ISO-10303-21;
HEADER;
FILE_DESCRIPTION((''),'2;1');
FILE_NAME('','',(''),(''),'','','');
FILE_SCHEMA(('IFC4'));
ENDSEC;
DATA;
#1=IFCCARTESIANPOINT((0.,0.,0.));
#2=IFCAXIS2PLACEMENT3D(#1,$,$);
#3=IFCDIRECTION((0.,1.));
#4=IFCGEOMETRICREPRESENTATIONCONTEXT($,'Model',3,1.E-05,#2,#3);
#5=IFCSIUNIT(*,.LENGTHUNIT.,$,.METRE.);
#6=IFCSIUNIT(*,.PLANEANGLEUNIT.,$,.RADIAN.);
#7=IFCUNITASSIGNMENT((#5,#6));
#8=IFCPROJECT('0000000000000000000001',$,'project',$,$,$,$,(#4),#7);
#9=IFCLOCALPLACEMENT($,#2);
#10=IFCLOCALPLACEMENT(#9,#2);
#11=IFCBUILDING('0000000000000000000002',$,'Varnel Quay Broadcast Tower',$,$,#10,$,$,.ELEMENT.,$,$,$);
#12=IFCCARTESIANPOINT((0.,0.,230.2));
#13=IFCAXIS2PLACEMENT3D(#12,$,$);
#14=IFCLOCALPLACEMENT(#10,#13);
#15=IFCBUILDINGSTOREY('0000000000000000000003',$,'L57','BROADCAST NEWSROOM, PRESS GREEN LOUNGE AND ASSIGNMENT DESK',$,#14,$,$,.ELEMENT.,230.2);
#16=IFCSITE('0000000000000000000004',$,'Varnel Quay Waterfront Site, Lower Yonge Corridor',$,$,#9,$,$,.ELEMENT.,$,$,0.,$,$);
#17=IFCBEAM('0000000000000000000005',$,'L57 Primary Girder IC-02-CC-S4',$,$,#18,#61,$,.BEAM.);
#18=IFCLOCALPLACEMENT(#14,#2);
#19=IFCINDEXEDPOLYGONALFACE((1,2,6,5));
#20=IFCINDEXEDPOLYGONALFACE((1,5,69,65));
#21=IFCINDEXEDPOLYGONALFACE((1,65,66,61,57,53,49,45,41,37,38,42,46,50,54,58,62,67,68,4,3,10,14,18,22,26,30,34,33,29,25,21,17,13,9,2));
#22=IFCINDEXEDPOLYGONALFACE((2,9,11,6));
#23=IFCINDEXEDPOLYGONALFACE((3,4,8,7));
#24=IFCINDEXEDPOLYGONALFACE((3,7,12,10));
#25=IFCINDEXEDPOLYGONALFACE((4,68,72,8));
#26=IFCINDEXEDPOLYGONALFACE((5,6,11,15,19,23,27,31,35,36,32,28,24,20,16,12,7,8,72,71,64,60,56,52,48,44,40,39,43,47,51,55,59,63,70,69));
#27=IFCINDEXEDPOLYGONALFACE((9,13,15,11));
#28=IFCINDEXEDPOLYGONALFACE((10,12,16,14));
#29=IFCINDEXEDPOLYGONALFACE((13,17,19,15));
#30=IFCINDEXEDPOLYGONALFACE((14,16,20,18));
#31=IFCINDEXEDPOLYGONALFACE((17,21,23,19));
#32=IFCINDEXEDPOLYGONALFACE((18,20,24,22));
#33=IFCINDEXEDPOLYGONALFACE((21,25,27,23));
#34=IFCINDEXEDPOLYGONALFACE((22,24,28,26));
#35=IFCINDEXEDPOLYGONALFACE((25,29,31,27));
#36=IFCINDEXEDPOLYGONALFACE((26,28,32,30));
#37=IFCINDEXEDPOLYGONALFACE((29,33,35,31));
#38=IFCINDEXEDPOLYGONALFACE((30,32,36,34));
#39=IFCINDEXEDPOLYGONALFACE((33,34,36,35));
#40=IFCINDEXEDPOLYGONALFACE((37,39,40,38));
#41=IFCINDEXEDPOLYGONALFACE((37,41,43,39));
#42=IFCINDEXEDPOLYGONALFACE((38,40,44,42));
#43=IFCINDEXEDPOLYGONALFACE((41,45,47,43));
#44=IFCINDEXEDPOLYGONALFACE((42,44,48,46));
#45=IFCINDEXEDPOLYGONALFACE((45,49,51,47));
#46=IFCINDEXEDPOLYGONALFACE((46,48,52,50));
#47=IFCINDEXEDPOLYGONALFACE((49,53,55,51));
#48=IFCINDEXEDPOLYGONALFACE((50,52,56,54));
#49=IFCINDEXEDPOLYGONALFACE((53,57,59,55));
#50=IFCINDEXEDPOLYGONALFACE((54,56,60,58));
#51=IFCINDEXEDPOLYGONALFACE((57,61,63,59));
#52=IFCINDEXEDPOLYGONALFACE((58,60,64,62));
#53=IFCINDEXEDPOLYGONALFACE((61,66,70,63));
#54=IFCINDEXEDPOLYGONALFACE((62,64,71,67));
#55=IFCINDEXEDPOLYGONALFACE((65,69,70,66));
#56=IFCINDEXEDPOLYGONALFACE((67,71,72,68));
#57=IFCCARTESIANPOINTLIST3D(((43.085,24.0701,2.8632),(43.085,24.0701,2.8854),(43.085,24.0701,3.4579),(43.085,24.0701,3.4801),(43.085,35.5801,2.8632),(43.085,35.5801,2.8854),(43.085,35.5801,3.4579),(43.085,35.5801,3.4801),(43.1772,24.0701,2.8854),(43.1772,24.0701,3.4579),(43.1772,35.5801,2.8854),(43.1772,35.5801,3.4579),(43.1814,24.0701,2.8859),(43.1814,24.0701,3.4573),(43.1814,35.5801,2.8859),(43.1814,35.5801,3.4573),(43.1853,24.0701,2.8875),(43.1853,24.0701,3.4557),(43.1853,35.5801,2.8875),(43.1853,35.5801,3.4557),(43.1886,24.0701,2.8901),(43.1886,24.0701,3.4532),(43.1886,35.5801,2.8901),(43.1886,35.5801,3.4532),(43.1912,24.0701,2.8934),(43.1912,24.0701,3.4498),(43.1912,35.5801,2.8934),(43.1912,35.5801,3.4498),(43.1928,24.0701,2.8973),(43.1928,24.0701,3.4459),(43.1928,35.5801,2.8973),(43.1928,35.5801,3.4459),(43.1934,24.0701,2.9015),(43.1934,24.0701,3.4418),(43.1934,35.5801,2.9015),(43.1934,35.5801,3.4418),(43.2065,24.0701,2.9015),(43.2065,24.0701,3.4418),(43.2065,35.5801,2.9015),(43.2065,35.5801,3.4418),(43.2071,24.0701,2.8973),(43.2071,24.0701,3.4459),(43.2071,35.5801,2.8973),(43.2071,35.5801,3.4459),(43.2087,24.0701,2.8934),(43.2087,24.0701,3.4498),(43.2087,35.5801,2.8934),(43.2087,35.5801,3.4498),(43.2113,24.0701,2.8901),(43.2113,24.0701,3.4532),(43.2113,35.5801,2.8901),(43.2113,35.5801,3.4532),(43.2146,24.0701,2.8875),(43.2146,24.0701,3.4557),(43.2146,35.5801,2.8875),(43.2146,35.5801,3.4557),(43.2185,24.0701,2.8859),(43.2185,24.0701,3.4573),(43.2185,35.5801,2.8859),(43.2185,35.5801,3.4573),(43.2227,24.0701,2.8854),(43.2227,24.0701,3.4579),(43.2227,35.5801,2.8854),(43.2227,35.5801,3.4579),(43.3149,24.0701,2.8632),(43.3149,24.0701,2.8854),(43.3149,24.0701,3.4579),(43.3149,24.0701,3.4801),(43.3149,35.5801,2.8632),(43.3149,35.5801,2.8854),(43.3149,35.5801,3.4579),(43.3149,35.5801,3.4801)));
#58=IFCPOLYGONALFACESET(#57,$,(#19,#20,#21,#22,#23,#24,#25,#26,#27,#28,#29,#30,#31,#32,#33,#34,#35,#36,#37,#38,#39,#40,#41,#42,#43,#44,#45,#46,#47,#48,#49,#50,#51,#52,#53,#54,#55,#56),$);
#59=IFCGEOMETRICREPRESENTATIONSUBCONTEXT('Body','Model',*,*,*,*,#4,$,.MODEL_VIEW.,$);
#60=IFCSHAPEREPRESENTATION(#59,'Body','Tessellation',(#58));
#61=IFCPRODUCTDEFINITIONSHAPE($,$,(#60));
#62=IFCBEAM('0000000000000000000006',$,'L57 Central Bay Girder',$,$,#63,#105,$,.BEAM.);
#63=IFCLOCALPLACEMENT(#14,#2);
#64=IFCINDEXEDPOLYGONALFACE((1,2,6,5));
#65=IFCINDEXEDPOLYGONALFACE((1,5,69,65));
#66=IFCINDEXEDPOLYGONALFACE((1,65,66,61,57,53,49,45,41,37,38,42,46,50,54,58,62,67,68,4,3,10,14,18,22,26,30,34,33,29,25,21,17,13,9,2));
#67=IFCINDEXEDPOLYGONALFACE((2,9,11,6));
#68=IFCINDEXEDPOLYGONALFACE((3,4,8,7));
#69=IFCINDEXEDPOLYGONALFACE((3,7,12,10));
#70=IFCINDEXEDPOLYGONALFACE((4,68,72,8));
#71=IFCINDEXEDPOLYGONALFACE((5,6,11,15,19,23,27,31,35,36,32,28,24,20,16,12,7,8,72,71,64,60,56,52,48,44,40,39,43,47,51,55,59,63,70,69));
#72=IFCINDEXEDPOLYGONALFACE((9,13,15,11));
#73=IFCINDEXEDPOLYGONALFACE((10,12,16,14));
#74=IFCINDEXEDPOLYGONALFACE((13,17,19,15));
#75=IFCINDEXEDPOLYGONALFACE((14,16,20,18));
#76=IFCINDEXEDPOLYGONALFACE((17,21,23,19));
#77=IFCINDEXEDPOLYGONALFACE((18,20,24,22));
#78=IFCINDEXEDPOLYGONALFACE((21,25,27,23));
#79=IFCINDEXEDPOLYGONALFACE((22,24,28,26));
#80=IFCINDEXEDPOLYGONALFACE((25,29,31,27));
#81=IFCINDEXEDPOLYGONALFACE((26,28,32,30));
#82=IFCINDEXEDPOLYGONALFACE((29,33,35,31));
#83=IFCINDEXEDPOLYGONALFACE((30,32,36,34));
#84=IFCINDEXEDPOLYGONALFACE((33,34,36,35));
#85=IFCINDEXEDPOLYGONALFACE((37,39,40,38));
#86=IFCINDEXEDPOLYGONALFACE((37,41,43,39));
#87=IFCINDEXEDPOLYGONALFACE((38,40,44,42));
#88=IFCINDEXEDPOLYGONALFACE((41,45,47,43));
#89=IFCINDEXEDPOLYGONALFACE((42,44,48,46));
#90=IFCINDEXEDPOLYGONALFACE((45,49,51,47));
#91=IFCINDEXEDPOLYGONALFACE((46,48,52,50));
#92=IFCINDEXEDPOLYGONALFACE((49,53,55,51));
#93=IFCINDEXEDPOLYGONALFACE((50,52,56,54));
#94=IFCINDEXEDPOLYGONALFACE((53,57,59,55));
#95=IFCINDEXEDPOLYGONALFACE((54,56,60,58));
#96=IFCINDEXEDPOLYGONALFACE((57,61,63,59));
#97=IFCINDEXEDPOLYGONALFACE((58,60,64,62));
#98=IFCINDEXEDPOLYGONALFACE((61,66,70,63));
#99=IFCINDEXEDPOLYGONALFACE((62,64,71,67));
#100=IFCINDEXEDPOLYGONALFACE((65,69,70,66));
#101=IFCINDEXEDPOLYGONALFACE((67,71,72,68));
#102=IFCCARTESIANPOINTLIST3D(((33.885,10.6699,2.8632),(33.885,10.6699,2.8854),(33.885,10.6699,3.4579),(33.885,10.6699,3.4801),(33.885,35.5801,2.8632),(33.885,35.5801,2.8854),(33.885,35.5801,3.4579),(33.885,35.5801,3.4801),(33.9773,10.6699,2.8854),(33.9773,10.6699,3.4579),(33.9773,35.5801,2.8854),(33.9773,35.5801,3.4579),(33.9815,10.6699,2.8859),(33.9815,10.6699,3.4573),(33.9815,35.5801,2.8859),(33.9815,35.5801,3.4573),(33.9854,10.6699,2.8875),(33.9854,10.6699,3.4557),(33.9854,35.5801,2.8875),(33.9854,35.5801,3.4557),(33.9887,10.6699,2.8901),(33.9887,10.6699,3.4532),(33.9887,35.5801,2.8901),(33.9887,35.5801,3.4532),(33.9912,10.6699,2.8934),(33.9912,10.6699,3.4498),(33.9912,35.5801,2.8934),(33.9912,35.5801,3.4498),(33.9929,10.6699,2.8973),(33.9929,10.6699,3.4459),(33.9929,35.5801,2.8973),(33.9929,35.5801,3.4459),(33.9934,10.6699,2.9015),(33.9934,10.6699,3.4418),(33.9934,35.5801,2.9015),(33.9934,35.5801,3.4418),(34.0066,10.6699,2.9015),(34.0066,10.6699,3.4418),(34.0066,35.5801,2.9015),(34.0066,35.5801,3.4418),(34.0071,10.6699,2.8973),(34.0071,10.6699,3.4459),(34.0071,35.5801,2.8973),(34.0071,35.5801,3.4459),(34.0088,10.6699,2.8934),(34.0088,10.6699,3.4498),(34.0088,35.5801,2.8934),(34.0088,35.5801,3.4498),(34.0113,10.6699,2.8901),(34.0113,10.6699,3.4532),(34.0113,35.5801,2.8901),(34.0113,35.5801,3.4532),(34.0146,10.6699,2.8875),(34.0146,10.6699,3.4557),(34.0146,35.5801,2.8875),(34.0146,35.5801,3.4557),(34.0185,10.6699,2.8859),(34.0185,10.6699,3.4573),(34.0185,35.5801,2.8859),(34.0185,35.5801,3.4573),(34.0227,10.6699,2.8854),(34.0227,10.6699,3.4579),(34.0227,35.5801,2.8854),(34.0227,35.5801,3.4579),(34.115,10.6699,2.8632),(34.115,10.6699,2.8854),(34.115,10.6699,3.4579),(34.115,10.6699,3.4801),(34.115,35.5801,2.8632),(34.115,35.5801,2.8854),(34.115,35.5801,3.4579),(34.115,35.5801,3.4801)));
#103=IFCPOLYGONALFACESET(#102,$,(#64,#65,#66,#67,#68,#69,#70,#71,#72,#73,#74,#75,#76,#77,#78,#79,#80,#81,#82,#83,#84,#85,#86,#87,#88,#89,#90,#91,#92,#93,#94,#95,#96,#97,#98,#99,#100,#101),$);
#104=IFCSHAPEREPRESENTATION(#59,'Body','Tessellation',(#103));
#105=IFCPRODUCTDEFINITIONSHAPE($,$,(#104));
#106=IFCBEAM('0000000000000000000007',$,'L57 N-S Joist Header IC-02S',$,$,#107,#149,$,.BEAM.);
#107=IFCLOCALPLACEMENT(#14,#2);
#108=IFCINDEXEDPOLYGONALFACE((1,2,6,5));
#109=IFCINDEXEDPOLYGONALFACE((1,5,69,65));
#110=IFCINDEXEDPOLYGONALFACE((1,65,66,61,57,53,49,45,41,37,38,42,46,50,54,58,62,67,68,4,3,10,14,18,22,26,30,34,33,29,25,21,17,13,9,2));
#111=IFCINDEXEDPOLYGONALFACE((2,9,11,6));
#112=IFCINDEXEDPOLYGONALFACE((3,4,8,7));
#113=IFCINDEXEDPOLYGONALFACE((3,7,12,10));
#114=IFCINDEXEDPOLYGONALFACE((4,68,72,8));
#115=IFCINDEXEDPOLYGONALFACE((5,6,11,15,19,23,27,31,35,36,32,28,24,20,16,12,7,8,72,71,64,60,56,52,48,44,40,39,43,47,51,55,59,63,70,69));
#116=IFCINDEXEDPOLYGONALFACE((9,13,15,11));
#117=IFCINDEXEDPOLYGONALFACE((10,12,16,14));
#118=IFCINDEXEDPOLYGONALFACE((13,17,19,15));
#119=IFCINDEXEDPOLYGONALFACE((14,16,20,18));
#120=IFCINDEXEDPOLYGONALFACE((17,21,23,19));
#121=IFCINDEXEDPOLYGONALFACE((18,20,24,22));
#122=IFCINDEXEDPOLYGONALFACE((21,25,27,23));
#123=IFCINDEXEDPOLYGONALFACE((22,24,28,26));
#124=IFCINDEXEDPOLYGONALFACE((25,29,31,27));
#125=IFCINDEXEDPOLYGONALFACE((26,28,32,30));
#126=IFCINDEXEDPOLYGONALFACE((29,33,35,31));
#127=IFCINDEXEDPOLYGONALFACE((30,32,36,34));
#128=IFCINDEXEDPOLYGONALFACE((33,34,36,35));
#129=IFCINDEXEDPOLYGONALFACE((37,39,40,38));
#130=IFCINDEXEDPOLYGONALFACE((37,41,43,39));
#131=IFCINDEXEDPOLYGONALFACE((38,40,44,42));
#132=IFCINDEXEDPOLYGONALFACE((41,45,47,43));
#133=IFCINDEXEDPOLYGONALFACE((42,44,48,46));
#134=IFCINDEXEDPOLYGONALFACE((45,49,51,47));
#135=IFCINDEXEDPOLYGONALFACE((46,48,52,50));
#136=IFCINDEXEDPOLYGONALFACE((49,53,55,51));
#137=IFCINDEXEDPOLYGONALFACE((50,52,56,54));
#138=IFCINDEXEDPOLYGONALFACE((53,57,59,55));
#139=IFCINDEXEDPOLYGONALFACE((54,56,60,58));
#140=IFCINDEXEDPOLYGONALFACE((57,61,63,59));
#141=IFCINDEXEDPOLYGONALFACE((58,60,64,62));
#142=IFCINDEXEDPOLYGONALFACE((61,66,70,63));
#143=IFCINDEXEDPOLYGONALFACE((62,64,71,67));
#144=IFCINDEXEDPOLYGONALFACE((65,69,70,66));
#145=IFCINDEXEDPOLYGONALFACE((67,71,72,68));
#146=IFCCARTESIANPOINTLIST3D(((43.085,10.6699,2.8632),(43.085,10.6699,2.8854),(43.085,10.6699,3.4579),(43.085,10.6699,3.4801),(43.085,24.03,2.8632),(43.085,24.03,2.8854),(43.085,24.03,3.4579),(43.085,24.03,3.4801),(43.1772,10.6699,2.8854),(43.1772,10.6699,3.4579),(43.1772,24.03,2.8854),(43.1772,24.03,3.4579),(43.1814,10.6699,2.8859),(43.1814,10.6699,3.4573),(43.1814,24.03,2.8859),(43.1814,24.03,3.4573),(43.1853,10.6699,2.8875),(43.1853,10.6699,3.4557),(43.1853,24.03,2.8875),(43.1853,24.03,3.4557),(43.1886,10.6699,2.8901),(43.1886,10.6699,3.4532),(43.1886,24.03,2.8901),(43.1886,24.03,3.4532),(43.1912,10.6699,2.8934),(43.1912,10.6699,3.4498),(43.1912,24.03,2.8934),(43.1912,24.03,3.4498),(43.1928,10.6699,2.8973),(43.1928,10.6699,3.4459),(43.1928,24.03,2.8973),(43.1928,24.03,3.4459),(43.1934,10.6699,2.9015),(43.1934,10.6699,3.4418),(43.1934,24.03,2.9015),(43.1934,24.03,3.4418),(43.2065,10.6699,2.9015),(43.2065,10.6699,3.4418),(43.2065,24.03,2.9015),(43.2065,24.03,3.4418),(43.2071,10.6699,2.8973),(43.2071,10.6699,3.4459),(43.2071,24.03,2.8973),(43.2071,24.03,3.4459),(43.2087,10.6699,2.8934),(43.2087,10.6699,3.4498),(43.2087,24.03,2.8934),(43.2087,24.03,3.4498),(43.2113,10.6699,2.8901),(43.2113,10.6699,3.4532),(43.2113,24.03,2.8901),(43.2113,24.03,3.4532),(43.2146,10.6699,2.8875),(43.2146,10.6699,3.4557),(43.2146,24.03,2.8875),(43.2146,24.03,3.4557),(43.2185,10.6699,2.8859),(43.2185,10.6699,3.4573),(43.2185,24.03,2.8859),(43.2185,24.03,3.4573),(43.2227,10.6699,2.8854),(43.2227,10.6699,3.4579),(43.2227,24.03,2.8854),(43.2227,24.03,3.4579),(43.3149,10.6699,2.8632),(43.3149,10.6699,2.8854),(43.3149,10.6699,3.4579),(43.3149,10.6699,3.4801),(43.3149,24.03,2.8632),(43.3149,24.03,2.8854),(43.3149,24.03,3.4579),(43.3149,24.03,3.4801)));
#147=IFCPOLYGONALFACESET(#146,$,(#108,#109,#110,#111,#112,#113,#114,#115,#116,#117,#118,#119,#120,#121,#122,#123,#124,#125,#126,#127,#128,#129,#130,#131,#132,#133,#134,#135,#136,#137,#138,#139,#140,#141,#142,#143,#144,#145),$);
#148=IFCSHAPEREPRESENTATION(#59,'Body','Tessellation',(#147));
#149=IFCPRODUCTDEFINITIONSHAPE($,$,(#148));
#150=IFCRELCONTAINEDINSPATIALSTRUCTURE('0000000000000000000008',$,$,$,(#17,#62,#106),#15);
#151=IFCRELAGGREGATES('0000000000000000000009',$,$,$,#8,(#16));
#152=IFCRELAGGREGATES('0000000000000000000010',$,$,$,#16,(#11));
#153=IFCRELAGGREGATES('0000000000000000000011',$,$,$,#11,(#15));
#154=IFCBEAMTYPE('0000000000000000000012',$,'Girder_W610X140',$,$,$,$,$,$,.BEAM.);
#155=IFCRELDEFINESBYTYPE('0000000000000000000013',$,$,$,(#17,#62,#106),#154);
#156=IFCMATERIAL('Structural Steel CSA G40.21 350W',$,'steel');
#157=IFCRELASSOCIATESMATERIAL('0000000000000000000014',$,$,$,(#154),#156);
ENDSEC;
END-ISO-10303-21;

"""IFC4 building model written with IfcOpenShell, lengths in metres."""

from ifc_helpers import new_model, si_unit, direction, frame, origin, origin_2d, place, context, subcontext, project, spatial, i_section, extrude, source, transform, mapped, material, material_profile, profile_set, type_object, element, save


model = new_model("IFC4")

# Units and contexts
model_context = context("Model", 3, precision=1e-05, world=origin(), true_north=direction((0.0, 1.0)))
body_context = subcontext(model_context, "Body", "Model", "MODEL_VIEW")
ifc_project = project(units=[si_unit("LENGTHUNIT", "METRE"), si_unit("PLANEANGLEUNIT", "RADIAN")], contexts=[model_context])

# Site, building, storey
site_placement = place(None, origin())
site = spatial("IfcSite", under=ifc_project, at=site_placement, Name="Varnel Quay Waterfront Site, Lower Yonge Corridor", CompositionType="ELEMENT", RefElevation=0.0)
building_placement = place(site_placement, origin())
building = spatial("IfcBuilding", under=site, at=building_placement, Name="Varnel Quay Broadcast Tower", CompositionType="ELEMENT")
storey_placement = place(building_placement, frame((0.0, 0.0, 230.2)))
storey = spatial("IfcBuildingStorey", under=building, at=storey_placement, Name="L57", Description="BROADCAST NEWSROOM, PRESS GREEN LOUNGE AND ASSIGNMENT DESK", CompositionType="ELEMENT", Elevation=230.2)

# Shared definitions
ifc_material_1 = material(Name="Structural Steel CSA G40.21 350W", Category="steel")

# Beams
ifc_material_profile_1 = material_profile(ifc_material_1, i_section(OverallWidth=0.23, OverallDepth=0.6169, WebThickness=0.0132, FlangeThickness=0.0222, FilletRadius=0.0161, at=origin_2d()), Name="W610X140")
ifc_profile_set_1 = profile_set([ifc_material_profile_1], Name="Structural Steel CSA G40.21 350W")
beam_type_1 = type_object("IfcBeamType", Name="Girder_W610X140", PredefinedType="BEAM", material=ifc_profile_set_1)
shared_shape_1 = source(origin(), body_context, "Body", "SweptSolid", [
    extrude(i_section(OverallWidth=0.23, OverallDepth=0.6169, WebThickness=0.0132, FlangeThickness=0.0222, FilletRadius=0.0161, at=origin_2d()), origin(), (0.0, 0.0, 1.0), 11.51),
])
beam_1_placement = place(storey_placement, frame((43.2, 24.0701, 3.1716), z_axis=(0.0, 1.0, 0.0), x_axis=(-1.0, 0.0, 0.0)))
element("IfcBeam", 1, at=beam_1_placement, inside=storey, type_object=beam_type_1, Name="L57 Primary Girder IC-02-CC-S4", PredefinedType="BEAM", context=body_context, shape_type="MappedRepresentation", body=[
    mapped(shared_shape_1, transform((0.0, 0.0, 0.0), x_axis=(1.0, 0.0, 0.0), y_axis=(0.0, 1.0, 0.0), z_axis=(0.0, 0.0, 1.0), scale=1.0)),
])
shared_shape_2 = source(origin(), body_context, "Body", "SweptSolid", [
    extrude(i_section(OverallWidth=0.23, OverallDepth=0.6169, WebThickness=0.0132, FlangeThickness=0.0222, FilletRadius=0.0161, at=origin_2d()), origin(), (0.0, 0.0, 1.0), 24.9102),
])
beam_2_placement = place(storey_placement, frame((34.0, 10.6699, 3.1716), z_axis=(0.0, 1.0, 0.0), x_axis=(-1.0, 0.0, 0.0)))
element("IfcBeam", 2, at=beam_2_placement, inside=storey, type_object=beam_type_1, Name="L57 Central Bay Girder", PredefinedType="BEAM", context=body_context, shape_type="MappedRepresentation", body=[
    mapped(shared_shape_2, transform((0.0, 0.0, 0.0), x_axis=(1.0, 0.0, 0.0), y_axis=(0.0, 1.0, 0.0), z_axis=(0.0, 0.0, 1.0), scale=1.0)),
])
shared_shape_3 = source(origin(), body_context, "Body", "SweptSolid", [
    extrude(i_section(OverallWidth=0.23, OverallDepth=0.6169, WebThickness=0.0132, FlangeThickness=0.0222, FilletRadius=0.0161, at=origin_2d()), origin(), (0.0, 0.0, 1.0), 13.3601),
])
beam_3_placement = place(storey_placement, frame((43.2, 10.6699, 3.1716), z_axis=(0.0, 1.0, 0.0), x_axis=(-1.0, 0.0, 0.0)))
element("IfcBeam", 3, at=beam_3_placement, inside=storey, type_object=beam_type_1, Name="L57 N-S Joist Header IC-02S", PredefinedType="BEAM", context=body_context, shape_type="MappedRepresentation", body=[
    mapped(shared_shape_3, transform((0.0, 0.0, 0.0), x_axis=(1.0, 0.0, 0.0), y_axis=(0.0, 1.0, 0.0), z_axis=(0.0, 0.0, 1.0), scale=1.0)),
])

save(model, "model.ifc")
